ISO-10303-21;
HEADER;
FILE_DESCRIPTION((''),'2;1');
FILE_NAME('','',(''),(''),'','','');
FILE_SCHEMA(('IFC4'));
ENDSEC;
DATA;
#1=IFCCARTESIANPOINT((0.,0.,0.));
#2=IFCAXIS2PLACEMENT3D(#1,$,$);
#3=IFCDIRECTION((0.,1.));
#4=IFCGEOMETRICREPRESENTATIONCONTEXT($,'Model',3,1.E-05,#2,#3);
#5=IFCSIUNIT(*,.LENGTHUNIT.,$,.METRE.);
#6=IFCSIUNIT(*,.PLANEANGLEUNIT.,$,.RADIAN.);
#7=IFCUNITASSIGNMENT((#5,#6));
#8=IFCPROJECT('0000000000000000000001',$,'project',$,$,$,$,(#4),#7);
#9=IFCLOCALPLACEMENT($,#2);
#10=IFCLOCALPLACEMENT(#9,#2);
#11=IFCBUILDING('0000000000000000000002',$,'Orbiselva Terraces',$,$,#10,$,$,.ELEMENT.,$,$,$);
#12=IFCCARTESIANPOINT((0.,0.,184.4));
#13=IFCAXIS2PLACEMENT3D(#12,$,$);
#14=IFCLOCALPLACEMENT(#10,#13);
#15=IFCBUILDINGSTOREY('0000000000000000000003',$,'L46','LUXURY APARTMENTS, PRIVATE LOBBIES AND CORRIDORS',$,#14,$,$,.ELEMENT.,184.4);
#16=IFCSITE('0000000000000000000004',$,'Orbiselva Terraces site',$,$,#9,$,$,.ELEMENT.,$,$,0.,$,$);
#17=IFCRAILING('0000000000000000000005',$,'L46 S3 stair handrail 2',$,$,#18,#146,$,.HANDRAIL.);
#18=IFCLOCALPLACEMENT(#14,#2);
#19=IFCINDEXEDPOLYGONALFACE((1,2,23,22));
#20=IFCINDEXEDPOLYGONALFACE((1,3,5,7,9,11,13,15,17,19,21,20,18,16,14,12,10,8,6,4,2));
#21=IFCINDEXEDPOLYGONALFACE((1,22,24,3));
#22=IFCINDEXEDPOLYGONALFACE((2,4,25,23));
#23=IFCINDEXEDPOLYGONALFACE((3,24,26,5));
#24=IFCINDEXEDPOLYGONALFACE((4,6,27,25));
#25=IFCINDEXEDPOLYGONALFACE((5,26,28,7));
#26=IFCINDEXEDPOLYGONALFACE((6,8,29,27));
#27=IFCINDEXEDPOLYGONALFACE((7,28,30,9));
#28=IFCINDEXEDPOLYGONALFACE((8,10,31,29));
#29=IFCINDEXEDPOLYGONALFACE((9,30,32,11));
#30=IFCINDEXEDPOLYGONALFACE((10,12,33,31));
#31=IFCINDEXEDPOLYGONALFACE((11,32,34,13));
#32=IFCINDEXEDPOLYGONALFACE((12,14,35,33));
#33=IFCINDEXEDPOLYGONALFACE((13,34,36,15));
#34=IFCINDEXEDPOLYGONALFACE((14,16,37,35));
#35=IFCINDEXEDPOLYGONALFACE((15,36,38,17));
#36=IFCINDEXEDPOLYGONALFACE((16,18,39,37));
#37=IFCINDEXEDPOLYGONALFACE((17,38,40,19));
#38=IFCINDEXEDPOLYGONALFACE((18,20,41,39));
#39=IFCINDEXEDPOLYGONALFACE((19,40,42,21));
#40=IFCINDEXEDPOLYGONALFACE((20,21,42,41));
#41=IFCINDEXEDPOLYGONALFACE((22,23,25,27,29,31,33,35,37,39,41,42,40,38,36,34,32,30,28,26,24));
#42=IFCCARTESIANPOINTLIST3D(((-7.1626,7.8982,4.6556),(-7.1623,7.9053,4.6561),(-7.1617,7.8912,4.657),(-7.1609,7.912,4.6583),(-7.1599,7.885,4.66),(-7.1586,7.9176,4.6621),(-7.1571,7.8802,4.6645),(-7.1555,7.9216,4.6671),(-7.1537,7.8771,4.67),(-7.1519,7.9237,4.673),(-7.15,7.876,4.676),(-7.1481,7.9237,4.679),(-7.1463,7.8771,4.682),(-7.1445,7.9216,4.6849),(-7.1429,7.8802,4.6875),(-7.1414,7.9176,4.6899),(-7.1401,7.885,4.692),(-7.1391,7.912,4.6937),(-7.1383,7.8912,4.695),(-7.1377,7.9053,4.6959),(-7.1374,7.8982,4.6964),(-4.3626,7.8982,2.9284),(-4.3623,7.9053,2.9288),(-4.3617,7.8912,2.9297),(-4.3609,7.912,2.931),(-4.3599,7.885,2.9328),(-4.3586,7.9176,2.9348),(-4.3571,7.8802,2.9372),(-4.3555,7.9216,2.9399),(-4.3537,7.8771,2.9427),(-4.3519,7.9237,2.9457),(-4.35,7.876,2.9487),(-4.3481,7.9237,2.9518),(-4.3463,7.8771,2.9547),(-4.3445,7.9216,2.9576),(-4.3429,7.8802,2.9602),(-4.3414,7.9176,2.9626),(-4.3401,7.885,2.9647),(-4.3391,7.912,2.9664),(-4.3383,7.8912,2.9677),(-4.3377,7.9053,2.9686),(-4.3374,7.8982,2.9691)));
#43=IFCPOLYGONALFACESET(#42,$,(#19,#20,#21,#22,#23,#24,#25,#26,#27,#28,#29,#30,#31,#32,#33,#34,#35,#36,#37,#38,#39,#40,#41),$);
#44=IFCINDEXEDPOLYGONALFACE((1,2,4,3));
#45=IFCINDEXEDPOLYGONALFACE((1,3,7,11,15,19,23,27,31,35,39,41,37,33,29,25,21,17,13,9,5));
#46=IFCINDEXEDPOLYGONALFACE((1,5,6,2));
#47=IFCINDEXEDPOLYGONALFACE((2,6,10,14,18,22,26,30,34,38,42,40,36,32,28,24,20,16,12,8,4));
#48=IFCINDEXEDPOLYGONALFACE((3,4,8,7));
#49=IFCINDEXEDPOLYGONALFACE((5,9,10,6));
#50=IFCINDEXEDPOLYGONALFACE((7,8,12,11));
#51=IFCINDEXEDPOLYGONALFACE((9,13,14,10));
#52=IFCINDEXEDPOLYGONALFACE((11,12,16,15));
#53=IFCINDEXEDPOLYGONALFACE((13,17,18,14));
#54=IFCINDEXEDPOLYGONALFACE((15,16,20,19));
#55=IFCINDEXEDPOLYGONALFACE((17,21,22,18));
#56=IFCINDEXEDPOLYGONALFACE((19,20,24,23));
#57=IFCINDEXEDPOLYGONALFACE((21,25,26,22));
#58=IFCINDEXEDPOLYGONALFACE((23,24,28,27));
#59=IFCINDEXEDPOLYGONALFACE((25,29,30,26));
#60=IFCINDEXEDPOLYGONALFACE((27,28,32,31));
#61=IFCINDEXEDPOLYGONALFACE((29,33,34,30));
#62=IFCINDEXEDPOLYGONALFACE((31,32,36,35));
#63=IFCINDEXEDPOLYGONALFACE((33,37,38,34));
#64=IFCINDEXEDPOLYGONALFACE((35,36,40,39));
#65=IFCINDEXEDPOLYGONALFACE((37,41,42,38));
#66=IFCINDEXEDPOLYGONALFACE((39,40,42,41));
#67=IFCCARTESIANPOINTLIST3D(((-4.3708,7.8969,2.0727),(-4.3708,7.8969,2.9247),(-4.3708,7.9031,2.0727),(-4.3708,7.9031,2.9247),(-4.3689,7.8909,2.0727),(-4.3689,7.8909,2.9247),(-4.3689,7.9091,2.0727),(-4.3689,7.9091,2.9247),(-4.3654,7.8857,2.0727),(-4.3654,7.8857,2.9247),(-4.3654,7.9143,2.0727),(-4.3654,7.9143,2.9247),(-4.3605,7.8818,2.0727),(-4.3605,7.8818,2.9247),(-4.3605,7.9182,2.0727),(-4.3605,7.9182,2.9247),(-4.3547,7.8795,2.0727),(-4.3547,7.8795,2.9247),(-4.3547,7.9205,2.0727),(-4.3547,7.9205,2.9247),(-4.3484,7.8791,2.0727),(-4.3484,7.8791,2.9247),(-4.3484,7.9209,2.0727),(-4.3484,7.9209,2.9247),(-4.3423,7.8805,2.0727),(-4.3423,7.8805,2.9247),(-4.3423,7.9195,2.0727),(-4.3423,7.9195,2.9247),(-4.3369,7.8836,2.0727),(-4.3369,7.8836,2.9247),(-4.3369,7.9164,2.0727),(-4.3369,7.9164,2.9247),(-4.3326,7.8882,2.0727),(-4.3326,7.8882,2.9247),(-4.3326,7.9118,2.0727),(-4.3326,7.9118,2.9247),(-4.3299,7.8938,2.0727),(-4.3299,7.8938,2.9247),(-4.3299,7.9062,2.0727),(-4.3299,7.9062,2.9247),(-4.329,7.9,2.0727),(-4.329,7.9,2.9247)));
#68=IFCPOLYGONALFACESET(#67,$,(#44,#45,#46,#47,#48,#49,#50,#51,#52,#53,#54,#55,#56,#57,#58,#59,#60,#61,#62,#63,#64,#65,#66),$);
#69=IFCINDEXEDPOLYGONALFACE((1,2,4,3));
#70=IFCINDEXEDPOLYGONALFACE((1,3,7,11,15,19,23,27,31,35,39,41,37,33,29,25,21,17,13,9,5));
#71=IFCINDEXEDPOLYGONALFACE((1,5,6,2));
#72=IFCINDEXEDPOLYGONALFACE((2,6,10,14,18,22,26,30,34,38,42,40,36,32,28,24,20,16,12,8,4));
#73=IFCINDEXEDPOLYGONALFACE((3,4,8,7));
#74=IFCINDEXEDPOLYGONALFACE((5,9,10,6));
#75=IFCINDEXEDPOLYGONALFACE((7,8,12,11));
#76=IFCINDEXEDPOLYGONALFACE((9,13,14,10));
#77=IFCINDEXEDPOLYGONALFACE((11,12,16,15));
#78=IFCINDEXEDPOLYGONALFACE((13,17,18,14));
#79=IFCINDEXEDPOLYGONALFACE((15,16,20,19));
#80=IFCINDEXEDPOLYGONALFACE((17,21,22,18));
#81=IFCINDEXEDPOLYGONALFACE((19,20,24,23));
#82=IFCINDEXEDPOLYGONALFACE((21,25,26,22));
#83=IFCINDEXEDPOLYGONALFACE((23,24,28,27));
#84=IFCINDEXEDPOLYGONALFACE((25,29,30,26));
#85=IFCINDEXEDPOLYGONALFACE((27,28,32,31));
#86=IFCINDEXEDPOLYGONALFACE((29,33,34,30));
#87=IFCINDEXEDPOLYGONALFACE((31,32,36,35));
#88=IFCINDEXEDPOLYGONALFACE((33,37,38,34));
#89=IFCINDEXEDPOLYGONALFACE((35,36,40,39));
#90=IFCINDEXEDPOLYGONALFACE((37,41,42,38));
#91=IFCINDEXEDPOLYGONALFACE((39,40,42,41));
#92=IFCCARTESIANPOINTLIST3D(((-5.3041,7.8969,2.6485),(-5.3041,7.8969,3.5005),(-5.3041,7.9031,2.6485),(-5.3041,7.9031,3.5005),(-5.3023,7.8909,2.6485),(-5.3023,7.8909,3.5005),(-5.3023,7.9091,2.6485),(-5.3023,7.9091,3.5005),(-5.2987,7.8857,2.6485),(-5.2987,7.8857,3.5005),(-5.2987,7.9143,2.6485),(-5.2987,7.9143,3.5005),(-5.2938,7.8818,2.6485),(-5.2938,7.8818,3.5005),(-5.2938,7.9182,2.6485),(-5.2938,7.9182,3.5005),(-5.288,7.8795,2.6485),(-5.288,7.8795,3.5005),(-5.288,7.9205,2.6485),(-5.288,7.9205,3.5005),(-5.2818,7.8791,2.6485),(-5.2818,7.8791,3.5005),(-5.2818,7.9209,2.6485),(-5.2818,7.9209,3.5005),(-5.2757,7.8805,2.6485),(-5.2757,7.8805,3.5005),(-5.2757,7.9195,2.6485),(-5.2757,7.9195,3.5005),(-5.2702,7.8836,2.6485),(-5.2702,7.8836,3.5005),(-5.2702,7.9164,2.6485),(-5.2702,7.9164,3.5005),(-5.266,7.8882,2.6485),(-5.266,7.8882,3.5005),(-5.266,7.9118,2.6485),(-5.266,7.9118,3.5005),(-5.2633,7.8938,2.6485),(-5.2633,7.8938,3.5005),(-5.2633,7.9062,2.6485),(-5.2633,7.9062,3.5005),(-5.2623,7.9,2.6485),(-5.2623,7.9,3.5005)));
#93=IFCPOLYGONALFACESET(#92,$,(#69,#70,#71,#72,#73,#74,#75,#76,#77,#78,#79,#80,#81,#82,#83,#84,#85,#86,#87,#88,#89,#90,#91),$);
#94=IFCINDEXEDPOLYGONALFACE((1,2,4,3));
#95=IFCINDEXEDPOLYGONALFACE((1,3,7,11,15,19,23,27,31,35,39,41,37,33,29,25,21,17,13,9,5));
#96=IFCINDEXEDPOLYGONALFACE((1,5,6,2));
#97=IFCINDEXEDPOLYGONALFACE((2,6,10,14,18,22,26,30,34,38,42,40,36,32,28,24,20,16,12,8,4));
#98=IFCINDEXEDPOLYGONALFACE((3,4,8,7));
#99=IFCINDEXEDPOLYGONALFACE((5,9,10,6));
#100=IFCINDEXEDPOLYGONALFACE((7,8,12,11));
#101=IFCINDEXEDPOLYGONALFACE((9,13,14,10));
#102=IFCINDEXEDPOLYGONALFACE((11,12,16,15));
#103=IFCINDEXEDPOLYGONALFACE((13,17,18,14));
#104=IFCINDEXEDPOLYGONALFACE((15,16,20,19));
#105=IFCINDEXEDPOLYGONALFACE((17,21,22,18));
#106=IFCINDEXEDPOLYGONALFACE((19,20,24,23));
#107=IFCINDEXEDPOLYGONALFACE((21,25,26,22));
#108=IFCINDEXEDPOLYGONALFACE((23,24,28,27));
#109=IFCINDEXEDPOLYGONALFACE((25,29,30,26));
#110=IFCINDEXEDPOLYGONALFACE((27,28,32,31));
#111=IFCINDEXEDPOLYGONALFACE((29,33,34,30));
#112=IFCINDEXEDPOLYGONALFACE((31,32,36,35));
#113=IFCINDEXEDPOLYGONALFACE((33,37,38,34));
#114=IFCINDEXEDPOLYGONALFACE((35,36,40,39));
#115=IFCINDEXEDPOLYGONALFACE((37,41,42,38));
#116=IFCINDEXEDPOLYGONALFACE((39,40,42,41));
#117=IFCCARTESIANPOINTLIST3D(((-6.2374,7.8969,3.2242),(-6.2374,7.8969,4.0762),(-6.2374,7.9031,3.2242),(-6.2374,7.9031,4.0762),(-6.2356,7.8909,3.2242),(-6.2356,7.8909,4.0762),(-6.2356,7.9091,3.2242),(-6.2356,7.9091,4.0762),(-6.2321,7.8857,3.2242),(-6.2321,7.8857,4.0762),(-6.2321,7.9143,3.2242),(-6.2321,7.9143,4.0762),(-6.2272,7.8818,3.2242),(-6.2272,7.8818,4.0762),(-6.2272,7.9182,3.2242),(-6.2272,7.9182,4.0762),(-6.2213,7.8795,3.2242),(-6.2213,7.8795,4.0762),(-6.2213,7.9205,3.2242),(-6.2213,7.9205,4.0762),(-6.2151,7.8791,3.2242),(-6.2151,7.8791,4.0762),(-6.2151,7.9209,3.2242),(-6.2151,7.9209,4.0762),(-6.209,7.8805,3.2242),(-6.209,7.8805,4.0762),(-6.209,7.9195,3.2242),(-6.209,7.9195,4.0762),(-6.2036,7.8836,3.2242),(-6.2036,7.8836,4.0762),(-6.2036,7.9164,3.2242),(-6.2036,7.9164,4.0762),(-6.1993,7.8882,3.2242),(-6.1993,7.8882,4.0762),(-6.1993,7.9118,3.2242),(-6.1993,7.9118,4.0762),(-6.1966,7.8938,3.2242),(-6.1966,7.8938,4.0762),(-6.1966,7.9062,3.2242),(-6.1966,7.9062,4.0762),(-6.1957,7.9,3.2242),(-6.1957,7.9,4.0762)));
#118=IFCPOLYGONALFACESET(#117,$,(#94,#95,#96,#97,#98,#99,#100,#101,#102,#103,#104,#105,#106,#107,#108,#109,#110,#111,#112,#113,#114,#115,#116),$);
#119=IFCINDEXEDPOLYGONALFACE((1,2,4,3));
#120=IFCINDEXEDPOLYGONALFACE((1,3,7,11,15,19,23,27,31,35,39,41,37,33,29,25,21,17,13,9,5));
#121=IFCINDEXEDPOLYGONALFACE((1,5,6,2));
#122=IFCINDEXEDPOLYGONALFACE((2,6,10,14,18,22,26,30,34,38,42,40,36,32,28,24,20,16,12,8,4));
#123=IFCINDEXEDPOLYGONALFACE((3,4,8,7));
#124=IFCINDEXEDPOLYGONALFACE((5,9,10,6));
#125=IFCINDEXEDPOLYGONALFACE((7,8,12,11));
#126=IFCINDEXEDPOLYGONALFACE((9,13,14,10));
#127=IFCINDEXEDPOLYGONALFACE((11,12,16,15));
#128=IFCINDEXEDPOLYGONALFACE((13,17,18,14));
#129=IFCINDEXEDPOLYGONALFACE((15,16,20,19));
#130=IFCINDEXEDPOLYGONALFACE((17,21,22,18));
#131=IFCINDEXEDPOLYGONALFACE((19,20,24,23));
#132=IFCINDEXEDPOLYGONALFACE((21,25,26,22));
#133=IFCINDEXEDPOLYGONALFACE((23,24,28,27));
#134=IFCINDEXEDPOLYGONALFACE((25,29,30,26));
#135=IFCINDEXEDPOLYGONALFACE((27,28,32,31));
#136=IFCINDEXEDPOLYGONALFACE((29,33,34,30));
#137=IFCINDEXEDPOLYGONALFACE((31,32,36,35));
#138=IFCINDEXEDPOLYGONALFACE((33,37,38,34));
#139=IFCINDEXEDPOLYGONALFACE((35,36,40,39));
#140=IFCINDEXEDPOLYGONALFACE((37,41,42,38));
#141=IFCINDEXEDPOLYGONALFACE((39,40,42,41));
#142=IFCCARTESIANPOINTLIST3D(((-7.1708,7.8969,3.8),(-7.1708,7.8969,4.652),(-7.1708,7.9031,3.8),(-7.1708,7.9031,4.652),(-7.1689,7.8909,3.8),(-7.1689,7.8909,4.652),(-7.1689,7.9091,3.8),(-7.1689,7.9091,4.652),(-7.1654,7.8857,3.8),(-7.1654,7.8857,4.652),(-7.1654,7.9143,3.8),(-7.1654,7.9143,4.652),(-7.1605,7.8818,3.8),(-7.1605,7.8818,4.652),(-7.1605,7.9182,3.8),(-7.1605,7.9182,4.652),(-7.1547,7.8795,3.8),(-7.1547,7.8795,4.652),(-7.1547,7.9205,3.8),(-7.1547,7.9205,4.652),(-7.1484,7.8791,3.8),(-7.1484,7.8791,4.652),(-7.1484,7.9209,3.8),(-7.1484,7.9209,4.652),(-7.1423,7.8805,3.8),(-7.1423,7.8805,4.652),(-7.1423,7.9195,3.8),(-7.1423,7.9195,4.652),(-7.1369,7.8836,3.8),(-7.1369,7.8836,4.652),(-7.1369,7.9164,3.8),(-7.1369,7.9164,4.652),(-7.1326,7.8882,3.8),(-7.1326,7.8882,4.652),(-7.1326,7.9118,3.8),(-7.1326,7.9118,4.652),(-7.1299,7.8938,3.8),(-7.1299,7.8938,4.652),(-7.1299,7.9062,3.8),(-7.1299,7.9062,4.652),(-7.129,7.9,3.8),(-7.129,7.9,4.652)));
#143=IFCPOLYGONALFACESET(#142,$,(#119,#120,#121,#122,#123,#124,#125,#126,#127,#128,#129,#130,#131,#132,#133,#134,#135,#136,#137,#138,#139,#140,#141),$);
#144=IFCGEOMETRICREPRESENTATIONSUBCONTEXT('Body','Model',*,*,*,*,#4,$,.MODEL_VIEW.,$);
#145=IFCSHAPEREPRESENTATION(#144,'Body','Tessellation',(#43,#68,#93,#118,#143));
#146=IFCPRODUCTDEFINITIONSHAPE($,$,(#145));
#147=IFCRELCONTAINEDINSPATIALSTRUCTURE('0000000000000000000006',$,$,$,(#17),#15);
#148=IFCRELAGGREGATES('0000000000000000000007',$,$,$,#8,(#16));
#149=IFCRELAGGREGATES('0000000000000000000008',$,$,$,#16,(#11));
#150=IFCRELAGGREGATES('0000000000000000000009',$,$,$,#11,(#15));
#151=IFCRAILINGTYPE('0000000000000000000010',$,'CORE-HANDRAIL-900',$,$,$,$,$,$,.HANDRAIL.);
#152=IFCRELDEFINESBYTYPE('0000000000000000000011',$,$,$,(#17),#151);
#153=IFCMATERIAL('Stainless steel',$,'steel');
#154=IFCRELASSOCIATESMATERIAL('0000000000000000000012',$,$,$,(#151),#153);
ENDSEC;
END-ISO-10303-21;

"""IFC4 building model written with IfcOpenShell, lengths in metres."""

from ifc_helpers import new_model, si_unit, direction, frame, origin, origin_2d, place, context, subcontext, project, spatial, circle, extrude, material, type_object, element, save


model = new_model("IFC4")

# Units and contexts
model_context = context("Model", 3, precision=1e-05, world=origin(), true_north=direction((0.0, 1.0)))
body_context = subcontext(model_context, "Body", "Model", "MODEL_VIEW")
ifc_project = project(units=[si_unit("LENGTHUNIT", "METRE"), si_unit("PLANEANGLEUNIT", "RADIAN")], contexts=[model_context])

# Site, building, storey
site_placement = place(None, origin())
site = spatial("IfcSite", under=ifc_project, at=site_placement, Name="Orbiselva Terraces site", CompositionType="ELEMENT", RefElevation=0.0)
building_placement = place(site_placement, origin())
building = spatial("IfcBuilding", under=site, at=building_placement, Name="Orbiselva Terraces", CompositionType="ELEMENT")
storey_placement = place(building_placement, frame((0.0, 0.0, 184.4)))
storey = spatial("IfcBuildingStorey", under=building, at=storey_placement, Name="L46", Description="LUXURY APARTMENTS, PRIVATE LOBBIES AND CORRIDORS", CompositionType="ELEMENT", Elevation=184.4)

# Railing
ifc_material_1 = material(Name="Stainless steel", Category="steel")
railing_type_1 = type_object("IfcRailingType", Name="CORE-HANDRAIL-900", PredefinedType="HANDRAIL", material=ifc_material_1)
railing_1_placement = place(storey_placement, frame((-4.35, 7.9, 2.0727)))
element("IfcRailing", 1, at=railing_1_placement, inside=storey, type_object=railing_type_1, Name="L46 S3 stair handrail 2", PredefinedType="HANDRAIL", context=body_context, shape_type="SweptSolid", body=[
    extrude(circle(Radius=0.024, at=origin_2d()), frame((0.0, 0.0, 0.876), z_axis=(-0.851089, 0.0, 0.525022), x_axis=(0.0, -1.0, 0.0)), (0.0, 0.0, 1.0), 3.2899),
    extrude(circle(Radius=0.021, at=origin_2d()), origin(), (0.0, 0.0, 1.0), 0.852),
    extrude(circle(Radius=0.021, at=origin_2d()), frame((-0.9333, 0.0, 0.5758)), (0.0, 0.0, 1.0), 0.852),
    extrude(circle(Radius=0.021, at=origin_2d()), frame((-1.8667, 0.0, 1.1515)), (0.0, 0.0, 1.0), 0.852),
    extrude(circle(Radius=0.021, at=origin_2d()), frame((-2.8, 0.0, 1.7273)), (0.0, 0.0, 1.0), 0.852),
])

save(model, "model.ifc")
